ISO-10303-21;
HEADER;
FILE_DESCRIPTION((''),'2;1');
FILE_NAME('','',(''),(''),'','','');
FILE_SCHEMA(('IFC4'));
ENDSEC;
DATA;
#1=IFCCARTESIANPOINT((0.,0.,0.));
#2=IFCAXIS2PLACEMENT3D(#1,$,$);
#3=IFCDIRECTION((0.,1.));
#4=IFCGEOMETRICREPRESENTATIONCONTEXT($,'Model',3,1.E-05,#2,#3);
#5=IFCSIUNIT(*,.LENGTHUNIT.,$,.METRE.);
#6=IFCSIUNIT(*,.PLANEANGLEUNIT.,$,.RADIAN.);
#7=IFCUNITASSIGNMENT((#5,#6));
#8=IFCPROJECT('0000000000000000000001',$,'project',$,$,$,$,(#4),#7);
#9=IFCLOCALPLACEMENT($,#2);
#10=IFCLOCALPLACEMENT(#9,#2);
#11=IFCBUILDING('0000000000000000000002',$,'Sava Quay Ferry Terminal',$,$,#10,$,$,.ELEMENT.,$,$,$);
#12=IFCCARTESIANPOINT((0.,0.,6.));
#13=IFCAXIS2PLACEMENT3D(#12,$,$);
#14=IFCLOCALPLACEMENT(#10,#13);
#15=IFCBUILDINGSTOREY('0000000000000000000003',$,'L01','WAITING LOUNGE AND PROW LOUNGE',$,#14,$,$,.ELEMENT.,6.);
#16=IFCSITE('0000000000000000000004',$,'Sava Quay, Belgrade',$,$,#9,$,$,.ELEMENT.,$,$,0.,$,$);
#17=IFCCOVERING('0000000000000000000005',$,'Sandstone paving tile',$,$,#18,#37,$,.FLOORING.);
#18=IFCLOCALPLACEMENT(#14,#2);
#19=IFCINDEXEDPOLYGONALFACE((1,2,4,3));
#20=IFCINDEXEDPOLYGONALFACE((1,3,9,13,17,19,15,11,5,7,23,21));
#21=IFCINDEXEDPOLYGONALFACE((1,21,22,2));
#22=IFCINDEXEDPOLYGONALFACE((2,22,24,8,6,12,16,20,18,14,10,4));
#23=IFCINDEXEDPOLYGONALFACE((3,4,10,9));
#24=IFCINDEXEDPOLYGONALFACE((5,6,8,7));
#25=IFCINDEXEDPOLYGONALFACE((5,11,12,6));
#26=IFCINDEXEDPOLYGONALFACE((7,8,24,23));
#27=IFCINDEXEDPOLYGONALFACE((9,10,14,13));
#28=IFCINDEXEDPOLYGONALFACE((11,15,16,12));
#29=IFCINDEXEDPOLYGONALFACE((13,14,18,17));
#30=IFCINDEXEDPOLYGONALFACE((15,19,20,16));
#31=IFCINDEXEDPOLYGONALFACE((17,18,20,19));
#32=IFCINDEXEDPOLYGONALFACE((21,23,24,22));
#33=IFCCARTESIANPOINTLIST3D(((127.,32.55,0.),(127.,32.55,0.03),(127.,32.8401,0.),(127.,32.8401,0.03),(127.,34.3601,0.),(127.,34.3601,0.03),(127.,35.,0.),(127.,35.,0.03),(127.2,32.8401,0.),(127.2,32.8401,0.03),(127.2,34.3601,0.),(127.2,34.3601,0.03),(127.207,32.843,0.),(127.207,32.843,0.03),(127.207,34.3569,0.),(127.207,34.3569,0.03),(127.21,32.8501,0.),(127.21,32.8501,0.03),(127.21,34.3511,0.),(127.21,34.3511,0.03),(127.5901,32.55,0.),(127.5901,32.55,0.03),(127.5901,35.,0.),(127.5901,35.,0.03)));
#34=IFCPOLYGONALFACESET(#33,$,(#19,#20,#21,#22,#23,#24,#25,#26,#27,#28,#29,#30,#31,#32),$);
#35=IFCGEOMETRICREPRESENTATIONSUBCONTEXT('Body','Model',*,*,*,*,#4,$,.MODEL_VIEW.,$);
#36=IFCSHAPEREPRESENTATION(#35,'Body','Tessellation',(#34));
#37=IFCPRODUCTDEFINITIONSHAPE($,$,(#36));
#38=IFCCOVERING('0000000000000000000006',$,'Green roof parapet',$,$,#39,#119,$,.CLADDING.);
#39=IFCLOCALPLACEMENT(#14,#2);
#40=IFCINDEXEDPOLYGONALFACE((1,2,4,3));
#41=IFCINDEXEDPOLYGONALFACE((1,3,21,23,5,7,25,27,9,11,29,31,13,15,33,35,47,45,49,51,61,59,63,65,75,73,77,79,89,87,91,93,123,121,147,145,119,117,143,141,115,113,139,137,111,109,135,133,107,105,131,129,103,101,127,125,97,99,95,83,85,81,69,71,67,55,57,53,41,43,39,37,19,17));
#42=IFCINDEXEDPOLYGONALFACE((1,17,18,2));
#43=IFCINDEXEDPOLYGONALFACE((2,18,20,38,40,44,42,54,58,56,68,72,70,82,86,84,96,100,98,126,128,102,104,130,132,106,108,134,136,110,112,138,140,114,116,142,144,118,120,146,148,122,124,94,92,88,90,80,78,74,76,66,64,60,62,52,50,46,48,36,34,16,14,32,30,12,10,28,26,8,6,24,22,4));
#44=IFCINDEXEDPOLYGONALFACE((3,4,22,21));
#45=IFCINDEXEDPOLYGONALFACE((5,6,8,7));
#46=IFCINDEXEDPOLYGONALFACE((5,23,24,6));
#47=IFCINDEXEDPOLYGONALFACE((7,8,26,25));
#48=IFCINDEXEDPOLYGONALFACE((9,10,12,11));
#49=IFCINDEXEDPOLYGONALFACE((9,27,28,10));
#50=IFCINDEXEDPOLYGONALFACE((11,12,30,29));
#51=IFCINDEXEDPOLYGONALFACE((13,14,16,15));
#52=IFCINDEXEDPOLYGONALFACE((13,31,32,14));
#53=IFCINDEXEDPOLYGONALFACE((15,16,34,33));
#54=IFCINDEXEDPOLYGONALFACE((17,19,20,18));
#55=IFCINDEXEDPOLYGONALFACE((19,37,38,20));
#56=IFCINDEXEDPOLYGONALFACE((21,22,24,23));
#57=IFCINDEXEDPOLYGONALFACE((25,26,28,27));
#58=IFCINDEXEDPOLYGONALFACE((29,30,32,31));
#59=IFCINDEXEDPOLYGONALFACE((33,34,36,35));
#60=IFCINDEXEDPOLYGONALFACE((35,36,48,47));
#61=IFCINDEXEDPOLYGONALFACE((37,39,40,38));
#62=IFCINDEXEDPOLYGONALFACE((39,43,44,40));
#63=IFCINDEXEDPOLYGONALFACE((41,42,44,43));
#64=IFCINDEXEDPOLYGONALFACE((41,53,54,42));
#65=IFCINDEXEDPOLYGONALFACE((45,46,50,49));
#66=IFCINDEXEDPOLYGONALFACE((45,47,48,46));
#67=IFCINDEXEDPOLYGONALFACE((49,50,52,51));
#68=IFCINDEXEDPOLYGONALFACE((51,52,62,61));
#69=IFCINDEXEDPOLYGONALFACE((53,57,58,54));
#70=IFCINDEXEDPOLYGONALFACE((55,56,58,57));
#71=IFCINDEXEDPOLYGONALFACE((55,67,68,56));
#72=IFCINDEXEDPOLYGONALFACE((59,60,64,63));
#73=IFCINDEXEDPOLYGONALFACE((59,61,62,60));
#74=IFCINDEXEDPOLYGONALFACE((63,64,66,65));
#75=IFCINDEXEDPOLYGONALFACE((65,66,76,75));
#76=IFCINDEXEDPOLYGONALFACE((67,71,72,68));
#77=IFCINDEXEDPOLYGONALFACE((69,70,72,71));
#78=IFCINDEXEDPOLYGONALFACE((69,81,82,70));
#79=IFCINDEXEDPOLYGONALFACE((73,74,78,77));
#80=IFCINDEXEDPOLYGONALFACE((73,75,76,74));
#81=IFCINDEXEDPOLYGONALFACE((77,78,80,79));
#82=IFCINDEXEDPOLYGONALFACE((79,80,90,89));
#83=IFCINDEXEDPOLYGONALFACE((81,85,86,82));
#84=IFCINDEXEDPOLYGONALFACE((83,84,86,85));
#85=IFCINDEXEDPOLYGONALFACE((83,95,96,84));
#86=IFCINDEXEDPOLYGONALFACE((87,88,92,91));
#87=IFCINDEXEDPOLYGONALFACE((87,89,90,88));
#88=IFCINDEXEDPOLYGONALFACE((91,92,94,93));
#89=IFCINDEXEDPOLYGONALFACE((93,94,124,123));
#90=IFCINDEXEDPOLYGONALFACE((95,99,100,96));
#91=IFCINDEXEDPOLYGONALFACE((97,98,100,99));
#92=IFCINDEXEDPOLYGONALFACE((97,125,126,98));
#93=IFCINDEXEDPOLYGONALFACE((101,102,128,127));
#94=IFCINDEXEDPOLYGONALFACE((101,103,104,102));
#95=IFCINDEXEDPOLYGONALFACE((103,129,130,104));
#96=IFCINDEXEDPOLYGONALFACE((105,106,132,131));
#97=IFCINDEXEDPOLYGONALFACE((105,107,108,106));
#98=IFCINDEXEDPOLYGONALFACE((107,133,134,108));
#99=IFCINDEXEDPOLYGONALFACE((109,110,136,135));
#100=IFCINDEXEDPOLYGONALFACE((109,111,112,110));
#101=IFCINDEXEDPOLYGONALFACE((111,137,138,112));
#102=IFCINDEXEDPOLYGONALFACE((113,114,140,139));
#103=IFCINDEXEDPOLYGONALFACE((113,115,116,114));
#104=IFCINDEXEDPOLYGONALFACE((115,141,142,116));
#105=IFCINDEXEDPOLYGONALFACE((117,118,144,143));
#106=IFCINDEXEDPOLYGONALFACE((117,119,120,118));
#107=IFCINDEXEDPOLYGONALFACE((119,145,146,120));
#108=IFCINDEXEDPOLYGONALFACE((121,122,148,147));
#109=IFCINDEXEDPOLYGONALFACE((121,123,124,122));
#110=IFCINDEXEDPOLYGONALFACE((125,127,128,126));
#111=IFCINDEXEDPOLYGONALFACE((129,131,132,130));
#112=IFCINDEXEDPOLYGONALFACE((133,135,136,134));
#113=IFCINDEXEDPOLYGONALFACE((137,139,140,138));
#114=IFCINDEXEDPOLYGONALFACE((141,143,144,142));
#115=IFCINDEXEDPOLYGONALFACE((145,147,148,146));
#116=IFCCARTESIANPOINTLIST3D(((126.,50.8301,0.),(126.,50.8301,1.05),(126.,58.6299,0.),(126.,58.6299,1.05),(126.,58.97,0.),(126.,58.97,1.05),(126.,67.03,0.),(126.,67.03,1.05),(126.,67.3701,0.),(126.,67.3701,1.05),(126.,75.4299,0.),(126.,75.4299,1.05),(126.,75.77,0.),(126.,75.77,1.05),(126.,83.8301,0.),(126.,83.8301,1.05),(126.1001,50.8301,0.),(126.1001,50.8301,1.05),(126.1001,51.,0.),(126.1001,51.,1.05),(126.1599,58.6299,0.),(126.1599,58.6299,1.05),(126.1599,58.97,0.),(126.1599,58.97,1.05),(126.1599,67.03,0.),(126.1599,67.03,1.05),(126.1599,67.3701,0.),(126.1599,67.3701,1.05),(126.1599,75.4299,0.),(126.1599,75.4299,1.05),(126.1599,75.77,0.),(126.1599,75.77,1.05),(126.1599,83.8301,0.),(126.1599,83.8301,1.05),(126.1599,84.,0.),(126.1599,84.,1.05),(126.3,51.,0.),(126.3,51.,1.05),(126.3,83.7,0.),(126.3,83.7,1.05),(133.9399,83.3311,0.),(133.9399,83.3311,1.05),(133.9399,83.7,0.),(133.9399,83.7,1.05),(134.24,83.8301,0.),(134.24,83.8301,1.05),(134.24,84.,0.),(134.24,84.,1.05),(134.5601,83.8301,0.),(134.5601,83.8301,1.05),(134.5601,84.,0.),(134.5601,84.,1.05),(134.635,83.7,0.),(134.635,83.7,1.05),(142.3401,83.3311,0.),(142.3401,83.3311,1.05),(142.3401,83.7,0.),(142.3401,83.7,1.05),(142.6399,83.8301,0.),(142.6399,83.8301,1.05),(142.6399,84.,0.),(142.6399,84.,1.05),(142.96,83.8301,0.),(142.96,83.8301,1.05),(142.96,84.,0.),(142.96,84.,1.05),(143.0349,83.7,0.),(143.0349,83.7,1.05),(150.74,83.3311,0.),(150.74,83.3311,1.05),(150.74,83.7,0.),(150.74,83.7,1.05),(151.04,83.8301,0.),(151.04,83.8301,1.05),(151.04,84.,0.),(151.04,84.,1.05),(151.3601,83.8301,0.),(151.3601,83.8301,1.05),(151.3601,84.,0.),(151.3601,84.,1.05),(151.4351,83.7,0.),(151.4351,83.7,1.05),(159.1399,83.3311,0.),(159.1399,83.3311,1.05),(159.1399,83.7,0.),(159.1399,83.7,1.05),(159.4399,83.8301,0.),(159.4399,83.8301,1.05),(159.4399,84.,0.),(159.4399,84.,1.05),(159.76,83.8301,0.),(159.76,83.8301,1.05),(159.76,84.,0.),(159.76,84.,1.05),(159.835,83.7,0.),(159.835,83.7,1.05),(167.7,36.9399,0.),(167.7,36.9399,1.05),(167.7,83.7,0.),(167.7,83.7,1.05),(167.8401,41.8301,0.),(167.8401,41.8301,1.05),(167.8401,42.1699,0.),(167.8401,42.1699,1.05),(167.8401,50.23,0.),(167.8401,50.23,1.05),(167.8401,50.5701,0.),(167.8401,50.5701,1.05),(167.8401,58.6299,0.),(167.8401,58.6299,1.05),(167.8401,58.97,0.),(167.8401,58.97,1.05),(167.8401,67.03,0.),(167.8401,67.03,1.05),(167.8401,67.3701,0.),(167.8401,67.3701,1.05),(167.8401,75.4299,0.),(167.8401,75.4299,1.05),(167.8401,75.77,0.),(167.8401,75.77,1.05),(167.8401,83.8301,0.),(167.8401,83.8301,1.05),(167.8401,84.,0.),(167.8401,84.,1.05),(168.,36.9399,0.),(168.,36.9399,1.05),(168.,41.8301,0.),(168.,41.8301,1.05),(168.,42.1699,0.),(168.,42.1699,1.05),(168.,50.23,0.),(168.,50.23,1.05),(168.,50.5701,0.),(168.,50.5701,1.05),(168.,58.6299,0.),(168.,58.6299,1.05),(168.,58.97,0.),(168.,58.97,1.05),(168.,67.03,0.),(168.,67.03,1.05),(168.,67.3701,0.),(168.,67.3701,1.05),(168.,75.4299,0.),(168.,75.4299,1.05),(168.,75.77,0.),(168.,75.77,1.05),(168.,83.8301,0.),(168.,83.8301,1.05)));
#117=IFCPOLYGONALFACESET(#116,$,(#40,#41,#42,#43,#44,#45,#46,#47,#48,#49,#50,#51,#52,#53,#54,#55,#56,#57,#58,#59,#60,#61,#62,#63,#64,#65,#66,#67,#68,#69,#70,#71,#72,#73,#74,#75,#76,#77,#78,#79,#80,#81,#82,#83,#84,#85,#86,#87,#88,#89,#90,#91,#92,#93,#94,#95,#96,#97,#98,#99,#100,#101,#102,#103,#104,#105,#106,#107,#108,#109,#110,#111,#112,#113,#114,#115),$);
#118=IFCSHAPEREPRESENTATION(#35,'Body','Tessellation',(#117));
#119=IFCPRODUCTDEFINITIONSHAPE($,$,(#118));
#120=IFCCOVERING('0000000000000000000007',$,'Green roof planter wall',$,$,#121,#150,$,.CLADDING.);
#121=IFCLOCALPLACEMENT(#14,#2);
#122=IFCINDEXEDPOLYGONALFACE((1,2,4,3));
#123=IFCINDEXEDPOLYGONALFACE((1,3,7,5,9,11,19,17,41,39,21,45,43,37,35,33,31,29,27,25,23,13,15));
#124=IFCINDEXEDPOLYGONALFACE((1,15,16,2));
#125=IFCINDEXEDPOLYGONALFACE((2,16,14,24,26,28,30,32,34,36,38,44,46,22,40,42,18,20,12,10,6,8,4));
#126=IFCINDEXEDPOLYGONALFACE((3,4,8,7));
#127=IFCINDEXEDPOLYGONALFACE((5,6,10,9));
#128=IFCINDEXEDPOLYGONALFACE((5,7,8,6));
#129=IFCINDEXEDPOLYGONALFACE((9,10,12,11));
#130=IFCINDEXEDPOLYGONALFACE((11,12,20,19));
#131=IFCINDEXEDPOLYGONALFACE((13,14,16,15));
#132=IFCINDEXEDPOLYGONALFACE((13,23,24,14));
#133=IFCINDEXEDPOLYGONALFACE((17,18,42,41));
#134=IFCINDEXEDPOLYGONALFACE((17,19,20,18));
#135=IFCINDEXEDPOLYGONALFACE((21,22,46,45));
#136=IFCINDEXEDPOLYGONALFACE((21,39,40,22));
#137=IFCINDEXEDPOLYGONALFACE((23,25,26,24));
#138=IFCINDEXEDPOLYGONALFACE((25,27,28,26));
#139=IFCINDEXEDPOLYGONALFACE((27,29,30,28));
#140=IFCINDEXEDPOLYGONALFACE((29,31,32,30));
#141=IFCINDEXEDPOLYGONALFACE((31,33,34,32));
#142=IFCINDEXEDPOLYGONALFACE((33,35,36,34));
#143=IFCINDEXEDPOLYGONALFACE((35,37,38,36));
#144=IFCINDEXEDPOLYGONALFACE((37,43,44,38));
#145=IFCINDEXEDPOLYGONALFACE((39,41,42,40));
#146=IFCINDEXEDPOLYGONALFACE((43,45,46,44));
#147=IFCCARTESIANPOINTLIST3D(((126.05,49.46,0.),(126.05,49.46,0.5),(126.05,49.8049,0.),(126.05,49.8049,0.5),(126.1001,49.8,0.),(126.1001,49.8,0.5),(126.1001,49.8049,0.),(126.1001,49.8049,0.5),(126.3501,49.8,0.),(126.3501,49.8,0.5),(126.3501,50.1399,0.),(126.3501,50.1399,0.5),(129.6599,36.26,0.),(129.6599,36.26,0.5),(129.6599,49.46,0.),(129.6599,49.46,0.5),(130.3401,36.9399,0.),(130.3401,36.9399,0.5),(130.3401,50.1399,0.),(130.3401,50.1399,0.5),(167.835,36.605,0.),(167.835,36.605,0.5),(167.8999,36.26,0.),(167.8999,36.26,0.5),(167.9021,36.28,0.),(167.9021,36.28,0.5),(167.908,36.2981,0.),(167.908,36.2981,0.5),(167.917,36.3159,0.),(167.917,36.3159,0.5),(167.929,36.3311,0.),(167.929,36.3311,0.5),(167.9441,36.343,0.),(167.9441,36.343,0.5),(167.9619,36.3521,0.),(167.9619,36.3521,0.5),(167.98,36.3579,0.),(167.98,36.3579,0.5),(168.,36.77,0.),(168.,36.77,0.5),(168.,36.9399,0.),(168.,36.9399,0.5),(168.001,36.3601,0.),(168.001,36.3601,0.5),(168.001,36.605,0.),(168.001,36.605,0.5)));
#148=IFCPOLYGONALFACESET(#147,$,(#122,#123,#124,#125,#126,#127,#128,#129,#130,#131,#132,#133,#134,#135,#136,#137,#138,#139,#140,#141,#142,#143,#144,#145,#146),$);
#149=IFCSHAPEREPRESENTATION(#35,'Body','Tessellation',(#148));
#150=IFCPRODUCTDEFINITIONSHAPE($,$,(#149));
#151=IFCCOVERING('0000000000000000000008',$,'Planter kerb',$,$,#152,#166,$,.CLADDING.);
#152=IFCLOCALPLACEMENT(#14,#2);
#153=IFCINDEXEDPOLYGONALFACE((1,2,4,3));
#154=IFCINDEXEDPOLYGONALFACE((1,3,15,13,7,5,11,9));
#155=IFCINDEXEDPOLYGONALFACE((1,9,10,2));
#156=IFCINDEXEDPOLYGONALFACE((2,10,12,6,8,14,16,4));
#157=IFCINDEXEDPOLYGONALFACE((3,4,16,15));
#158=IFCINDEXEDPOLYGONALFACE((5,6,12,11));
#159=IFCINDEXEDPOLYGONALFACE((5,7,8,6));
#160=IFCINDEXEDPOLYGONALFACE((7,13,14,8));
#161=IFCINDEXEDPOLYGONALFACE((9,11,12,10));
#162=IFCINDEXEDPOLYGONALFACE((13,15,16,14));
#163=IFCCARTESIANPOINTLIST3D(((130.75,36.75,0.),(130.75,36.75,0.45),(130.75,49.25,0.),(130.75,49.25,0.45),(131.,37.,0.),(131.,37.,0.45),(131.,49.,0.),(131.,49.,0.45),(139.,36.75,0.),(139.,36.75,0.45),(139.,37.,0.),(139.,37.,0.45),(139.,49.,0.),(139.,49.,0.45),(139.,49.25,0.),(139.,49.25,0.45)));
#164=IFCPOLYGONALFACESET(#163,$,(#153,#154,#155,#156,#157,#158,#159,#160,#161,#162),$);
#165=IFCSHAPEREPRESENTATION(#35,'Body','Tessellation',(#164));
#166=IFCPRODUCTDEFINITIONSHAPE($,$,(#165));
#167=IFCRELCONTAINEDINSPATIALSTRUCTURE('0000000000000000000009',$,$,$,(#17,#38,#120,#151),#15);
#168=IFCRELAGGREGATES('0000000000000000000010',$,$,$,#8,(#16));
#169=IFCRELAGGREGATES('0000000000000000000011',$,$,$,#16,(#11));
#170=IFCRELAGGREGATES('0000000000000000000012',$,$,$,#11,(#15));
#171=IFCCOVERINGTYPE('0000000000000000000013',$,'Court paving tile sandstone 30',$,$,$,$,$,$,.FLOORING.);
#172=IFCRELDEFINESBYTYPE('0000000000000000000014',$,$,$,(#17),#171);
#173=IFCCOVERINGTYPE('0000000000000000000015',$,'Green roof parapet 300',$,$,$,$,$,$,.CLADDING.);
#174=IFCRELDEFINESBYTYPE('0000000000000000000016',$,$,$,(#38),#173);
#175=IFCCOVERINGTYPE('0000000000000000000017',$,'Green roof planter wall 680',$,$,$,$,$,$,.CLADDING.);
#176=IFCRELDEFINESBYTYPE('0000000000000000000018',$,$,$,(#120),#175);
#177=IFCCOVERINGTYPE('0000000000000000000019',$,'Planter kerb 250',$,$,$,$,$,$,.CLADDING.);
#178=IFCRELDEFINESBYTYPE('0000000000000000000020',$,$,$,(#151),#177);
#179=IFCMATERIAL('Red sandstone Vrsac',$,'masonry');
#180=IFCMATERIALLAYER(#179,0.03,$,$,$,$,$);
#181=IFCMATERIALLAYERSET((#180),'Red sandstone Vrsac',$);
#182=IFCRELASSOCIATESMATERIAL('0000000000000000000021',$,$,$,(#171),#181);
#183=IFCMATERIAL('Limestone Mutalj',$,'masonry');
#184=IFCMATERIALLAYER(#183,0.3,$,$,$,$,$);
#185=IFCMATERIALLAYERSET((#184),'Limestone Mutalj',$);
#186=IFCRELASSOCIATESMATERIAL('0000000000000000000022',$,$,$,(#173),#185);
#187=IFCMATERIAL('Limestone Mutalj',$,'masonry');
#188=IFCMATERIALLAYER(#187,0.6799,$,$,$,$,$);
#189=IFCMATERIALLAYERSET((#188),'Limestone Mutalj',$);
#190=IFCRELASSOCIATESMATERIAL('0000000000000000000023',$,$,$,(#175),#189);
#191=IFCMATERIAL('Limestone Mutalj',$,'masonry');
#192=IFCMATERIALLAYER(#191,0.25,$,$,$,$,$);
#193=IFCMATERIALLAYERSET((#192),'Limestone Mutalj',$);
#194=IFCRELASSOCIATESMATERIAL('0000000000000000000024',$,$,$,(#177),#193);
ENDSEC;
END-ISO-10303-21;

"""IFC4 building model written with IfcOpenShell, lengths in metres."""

from ifc_helpers import new_model, si_unit, direction, frame, origin, place, context, subcontext, project, spatial, polyline, outline, extrude, material, layer, layer_set, type_object, element, save


model = new_model("IFC4")

# Units and contexts
model_context = context("Model", 3, precision=1e-05, world=origin(), true_north=direction((0.0, 1.0)))
body_context = subcontext(model_context, "Body", "Model", "MODEL_VIEW")
ifc_project = project(units=[si_unit("LENGTHUNIT", "METRE"), si_unit("PLANEANGLEUNIT", "RADIAN")], contexts=[model_context])

# Site, building, storey
site_placement = place(None, origin())
site = spatial("IfcSite", under=ifc_project, at=site_placement, Name="Sava Quay, Belgrade", CompositionType="ELEMENT", RefElevation=0.0)
building_placement = place(site_placement, origin())
building = spatial("IfcBuilding", under=site, at=building_placement, Name="Sava Quay Ferry Terminal", CompositionType="ELEMENT")
storey_placement = place(building_placement, frame((0.0, 0.0, 6.0)))
storey = spatial("IfcBuildingStorey", under=building, at=storey_placement, Name="L01", Description="WAITING LOUNGE AND PROW LOUNGE", CompositionType="ELEMENT", Elevation=6.0)

# Coverings
ifc_material_1 = material(Name="Red sandstone Vrsac", Category="masonry")
ifc_layer_1 = layer(ifc_material_1, 0.03)
ifc_layer_set_1 = layer_set([ifc_layer_1], Name="Red sandstone Vrsac")
covering_type_1 = type_object("IfcCoveringType", Name="Court paving tile sandstone 30", PredefinedType="FLOORING", material=ifc_layer_set_1)
covering_1_placement = place(storey_placement, origin())
element("IfcCovering", 1, at=covering_1_placement, inside=storey, type_object=covering_type_1, Name="Sandstone paving tile", PredefinedType="FLOORING", context=body_context, shape_type="SweptSolid", body=[
    extrude(outline(polyline([(127.5901, 35.0), (127.0, 35.0), (127.0, 34.3601), (127.2, 34.3601), (127.207, 34.3569), (127.21, 34.3511), (127.21, 32.8501), (127.207, 32.843), (127.2, 32.8401), (127.0, 32.8401), (127.0, 32.55), (127.5901, 32.55), (127.5901, 35.0)])), origin(), (0.0, 0.0, 1.0), 0.03),
])
ifc_material_2 = material(Name="Limestone Mutalj", Category="masonry")
ifc_layer_2 = layer(ifc_material_2, 0.3)
ifc_layer_set_2 = layer_set([ifc_layer_2], Name="Limestone Mutalj")
covering_type_2 = type_object("IfcCoveringType", Name="Green roof parapet 300", PredefinedType="CLADDING", material=ifc_layer_set_2)
covering_2_placement = place(storey_placement, origin())
element("IfcCovering", 2, at=covering_2_placement, inside=storey, type_object=covering_type_2, Name="Green roof parapet", PredefinedType="CLADDING", context=body_context, shape_type="SweptSolid", body=[
    extrude(outline(polyline([(159.835, 83.7), (167.7, 83.7), (167.7, 36.9399), (168.0, 36.9399), (168.0, 41.8301), (167.8401, 41.8301), (167.8401, 42.1699), (168.0, 42.1699), (168.0, 50.23), (167.8401, 50.23), (167.8401, 50.5701), (168.0, 50.5701), (168.0, 58.6299), (167.8401, 58.6299), (167.8401, 58.97), (168.0, 58.97), (168.0, 67.03), (167.8401, 67.03), (167.8401, 67.3701), (168.0, 67.3701), (168.0, 75.4299), (167.8401, 75.4299), (167.8401, 75.77), (168.0, 75.77), (168.0, 83.8301), (167.8401, 83.8301), (167.8401, 84.0), (159.76, 84.0), (159.76, 83.8301), (159.4399, 83.8301), (159.4399, 84.0), (151.3601, 84.0), (151.3601, 83.8301), (151.04, 83.8301), (151.04, 84.0), (142.96, 84.0), (142.96, 83.8301), (142.6399, 83.8301), (142.6399, 84.0), (134.5601, 84.0), (134.5601, 83.8301), (134.24, 83.8301), (134.24, 84.0), (126.1599, 84.0), (126.1599, 83.8301), (126.0, 83.8301), (126.0, 75.77), (126.1599, 75.77), (126.1599, 75.4299), (126.0, 75.4299), (126.0, 67.3701), (126.1599, 67.3701), (126.1599, 67.03), (126.0, 67.03), (126.0, 58.97), (126.1599, 58.97), (126.1599, 58.6299), (126.0, 58.6299), (126.0, 50.8301), (126.1001, 50.8301), (126.1001, 51.0), (126.3, 51.0), (126.3, 83.7), (133.9399, 83.7), (133.9399, 83.3311), (134.635, 83.7), (142.3401, 83.7), (142.3401, 83.3311), (143.0349, 83.7), (150.74, 83.7), (150.74, 83.3311), (151.4351, 83.7), (159.1399, 83.7), (159.1399, 83.3311), (159.835, 83.7)])), origin(), (0.0, 0.0, 1.0), 1.05),
])
ifc_material_3 = material(Name="Limestone Mutalj", Category="masonry")
ifc_layer_3 = layer(ifc_material_3, 0.6799)
ifc_layer_set_3 = layer_set([ifc_layer_3], Name="Limestone Mutalj")
covering_type_3 = type_object("IfcCoveringType", Name="Green roof planter wall 680", PredefinedType="CLADDING", material=ifc_layer_set_3)
covering_3_placement = place(storey_placement, origin())
element("IfcCovering", 3, at=covering_3_placement, inside=storey, type_object=covering_type_3, Name="Green roof planter wall", PredefinedType="CLADDING", context=body_context, shape_type="SweptSolid", body=[
    extrude(outline(polyline([(130.3401, 50.1399), (126.3501, 50.1399), (126.3501, 49.8), (126.1001, 49.8), (126.1001, 49.8049), (126.05, 49.8049), (126.05, 49.46), (129.6599, 49.46), (129.6599, 36.26), (167.8999, 36.26), (167.9021, 36.28), (167.908, 36.2981), (167.917, 36.3159), (167.929, 36.3311), (167.9441, 36.343), (167.9619, 36.3521), (167.98, 36.3579), (168.001, 36.3601), (168.001, 36.605), (167.835, 36.605), (168.0, 36.77), (168.0, 36.9399), (130.3401, 36.9399), (130.3401, 50.1399)])), origin(), (0.0, 0.0, 1.0), 0.5),
])
ifc_material_4 = material(Name="Limestone Mutalj", Category="masonry")
ifc_layer_4 = layer(ifc_material_4, 0.25)
ifc_layer_set_4 = layer_set([ifc_layer_4], Name="Limestone Mutalj")
covering_type_4 = type_object("IfcCoveringType", Name="Planter kerb 250", PredefinedType="CLADDING", material=ifc_layer_set_4)
covering_4_placement = place(storey_placement, origin())
element("IfcCovering", 4, at=covering_4_placement, inside=storey, type_object=covering_type_4, Name="Planter kerb", PredefinedType="CLADDING", context=body_context, shape_type="SweptSolid", body=[
    extrude(outline(polyline([(130.75, 49.25), (130.75, 36.75), (139.0, 36.75), (139.0, 37.0), (131.0, 37.0), (131.0, 49.0), (139.0, 49.0), (139.0, 49.25), (130.75, 49.25)])), origin(), (0.0, 0.0, 1.0), 0.45),
])

save(model, "model.ifc")
